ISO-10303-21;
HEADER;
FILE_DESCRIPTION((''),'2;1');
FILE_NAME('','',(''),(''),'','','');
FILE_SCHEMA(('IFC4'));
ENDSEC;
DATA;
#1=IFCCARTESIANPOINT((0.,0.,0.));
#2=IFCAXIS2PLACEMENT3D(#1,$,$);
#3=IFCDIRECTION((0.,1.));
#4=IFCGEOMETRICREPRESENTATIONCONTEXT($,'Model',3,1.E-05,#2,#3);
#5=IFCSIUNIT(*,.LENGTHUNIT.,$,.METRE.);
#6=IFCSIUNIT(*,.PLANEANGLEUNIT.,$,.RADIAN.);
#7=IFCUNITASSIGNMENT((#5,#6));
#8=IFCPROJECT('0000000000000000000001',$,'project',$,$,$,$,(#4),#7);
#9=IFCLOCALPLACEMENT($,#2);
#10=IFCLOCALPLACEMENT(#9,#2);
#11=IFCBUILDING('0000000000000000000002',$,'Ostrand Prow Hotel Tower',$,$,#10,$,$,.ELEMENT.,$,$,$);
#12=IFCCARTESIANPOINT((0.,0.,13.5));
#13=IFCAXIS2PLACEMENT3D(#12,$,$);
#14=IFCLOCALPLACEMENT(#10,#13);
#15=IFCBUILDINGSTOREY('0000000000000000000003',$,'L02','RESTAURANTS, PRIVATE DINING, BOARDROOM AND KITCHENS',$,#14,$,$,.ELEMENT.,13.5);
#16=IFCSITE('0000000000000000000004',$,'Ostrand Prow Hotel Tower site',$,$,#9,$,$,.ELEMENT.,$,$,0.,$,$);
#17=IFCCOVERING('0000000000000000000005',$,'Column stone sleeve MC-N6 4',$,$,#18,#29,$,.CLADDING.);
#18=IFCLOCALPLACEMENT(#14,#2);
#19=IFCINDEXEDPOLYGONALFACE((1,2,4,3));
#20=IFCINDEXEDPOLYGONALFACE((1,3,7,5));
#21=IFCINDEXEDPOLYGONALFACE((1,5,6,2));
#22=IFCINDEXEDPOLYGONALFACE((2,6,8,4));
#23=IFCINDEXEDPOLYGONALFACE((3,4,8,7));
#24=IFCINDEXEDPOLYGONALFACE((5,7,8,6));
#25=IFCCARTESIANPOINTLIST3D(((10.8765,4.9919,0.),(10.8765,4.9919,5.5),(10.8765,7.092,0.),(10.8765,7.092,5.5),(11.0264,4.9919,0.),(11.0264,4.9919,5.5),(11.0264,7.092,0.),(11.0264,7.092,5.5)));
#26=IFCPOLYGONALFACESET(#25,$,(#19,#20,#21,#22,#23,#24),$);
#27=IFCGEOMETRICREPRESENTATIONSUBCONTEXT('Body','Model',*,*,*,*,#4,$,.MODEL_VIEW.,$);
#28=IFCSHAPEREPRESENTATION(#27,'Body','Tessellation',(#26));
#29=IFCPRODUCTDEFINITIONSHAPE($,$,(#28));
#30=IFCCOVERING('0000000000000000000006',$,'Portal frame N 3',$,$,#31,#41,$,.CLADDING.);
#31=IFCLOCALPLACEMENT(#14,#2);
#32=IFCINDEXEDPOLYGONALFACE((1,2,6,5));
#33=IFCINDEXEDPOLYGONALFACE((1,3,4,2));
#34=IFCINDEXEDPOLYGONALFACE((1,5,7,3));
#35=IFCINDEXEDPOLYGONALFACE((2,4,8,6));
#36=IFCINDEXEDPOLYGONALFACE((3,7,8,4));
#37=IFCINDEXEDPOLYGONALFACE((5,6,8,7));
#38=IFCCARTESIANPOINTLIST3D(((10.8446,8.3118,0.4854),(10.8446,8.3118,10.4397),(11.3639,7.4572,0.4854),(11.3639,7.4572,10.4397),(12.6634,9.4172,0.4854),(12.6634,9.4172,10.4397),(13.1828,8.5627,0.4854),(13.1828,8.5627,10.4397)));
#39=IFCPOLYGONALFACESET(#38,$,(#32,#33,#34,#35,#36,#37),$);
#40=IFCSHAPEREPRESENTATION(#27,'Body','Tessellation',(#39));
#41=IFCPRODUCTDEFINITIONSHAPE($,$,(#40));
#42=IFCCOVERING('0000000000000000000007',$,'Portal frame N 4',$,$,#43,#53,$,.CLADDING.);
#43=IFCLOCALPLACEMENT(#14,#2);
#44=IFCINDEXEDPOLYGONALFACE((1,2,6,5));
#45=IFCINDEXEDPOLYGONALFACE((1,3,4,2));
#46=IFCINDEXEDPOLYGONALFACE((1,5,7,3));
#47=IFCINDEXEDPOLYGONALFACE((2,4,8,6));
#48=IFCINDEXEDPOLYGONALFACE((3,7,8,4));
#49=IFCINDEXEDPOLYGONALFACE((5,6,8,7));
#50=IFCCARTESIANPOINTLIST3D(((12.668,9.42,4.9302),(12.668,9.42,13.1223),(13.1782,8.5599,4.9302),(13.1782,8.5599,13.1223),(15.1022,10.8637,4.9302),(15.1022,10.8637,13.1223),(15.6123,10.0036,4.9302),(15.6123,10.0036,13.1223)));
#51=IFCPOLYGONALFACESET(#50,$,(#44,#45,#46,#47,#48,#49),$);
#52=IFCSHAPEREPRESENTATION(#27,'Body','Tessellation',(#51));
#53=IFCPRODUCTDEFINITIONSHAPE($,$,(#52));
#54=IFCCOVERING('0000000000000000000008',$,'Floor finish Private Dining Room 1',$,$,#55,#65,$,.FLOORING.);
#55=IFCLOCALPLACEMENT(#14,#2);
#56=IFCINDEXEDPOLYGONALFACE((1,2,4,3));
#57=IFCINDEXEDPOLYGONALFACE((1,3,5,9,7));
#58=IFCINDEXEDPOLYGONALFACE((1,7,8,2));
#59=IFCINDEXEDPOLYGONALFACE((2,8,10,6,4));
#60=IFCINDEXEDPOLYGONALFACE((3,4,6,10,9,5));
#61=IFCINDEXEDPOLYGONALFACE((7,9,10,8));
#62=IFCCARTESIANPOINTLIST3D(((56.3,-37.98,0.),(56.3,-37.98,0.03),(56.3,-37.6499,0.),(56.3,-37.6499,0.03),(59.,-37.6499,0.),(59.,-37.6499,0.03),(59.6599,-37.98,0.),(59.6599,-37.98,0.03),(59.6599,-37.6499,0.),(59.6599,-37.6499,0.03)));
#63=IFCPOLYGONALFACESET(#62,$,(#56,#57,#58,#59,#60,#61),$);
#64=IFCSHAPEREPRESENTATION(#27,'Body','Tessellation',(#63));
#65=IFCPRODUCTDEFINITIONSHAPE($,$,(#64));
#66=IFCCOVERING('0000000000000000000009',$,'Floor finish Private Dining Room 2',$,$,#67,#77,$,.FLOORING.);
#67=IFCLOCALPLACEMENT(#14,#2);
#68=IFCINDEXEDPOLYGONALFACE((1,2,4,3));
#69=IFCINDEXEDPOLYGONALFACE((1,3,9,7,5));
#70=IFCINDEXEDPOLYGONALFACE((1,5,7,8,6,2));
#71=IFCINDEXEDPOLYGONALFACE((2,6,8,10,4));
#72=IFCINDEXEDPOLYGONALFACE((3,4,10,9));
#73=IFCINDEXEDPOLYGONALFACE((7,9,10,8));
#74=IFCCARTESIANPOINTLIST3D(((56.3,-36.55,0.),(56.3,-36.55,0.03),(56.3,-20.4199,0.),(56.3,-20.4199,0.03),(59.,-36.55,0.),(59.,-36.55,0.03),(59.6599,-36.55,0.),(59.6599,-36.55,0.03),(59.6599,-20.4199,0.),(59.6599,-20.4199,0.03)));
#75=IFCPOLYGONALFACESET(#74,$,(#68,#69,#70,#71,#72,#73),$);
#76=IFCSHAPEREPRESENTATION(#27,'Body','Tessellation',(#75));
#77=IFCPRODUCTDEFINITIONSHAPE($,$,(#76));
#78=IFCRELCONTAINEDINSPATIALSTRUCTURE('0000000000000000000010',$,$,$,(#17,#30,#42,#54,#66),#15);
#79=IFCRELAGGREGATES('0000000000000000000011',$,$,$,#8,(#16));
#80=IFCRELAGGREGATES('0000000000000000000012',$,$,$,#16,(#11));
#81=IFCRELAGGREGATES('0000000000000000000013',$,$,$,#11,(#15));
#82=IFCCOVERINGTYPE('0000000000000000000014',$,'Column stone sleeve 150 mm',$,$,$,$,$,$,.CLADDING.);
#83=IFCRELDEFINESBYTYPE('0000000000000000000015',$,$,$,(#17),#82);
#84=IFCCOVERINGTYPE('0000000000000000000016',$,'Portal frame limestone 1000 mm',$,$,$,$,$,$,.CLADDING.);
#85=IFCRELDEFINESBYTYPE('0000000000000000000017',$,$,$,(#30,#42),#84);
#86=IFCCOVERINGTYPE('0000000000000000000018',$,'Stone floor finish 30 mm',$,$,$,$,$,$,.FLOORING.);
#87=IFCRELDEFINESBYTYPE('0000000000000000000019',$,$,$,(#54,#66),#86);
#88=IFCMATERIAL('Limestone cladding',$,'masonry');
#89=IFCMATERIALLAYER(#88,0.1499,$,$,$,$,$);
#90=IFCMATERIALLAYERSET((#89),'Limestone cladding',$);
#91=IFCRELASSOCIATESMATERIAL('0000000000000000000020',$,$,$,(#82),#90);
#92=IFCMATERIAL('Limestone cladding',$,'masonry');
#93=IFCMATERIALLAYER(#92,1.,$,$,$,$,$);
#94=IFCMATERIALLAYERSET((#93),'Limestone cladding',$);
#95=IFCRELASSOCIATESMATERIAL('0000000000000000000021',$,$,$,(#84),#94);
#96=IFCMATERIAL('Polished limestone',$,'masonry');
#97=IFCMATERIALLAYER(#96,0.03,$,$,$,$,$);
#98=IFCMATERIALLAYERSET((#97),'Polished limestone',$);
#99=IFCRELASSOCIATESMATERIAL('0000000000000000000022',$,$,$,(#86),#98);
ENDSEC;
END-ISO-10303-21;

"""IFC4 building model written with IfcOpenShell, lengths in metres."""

from ifc_helpers import new_model, si_unit, direction, frame, frame_2d, origin, place, context, subcontext, project, spatial, polyline, rectangle, outline, extrude, material, layer, layer_set, type_object, element, save


model = new_model("IFC4")

# Units and contexts
model_context = context("Model", 3, precision=1e-05, world=origin(), true_north=direction((0.0, 1.0)))
body_context = subcontext(model_context, "Body", "Model", "MODEL_VIEW")
ifc_project = project(units=[si_unit("LENGTHUNIT", "METRE"), si_unit("PLANEANGLEUNIT", "RADIAN")], contexts=[model_context])

# Site, building, storey
site_placement = place(None, origin())
site = spatial("IfcSite", under=ifc_project, at=site_placement, Name="Ostrand Prow Hotel Tower site", CompositionType="ELEMENT", RefElevation=0.0)
building_placement = place(site_placement, origin())
building = spatial("IfcBuilding", under=site, at=building_placement, Name="Ostrand Prow Hotel Tower", CompositionType="ELEMENT")
storey_placement = place(building_placement, frame((0.0, 0.0, 13.5)))
storey = spatial("IfcBuildingStorey", under=building, at=storey_placement, Name="L02", Description="RESTAURANTS, PRIVATE DINING, BOARDROOM AND KITCHENS", CompositionType="ELEMENT", Elevation=13.5)

# Coverings
ifc_material_1 = material(Name="Limestone cladding", Category="masonry")
ifc_layer_1 = layer(ifc_material_1, 0.1499)
ifc_layer_set_1 = layer_set([ifc_layer_1], Name="Limestone cladding")
covering_type_1 = type_object("IfcCoveringType", Name="Column stone sleeve 150 mm", PredefinedType="CLADDING", material=ifc_layer_set_1)
covering_1_placement = place(storey_placement, frame((10.9514, 7.092, 0.0), z_axis=(0.0, 0.0, 1.0), x_axis=(0.0, -1.0, 0.0)))
element("IfcCovering", 1, at=covering_1_placement, inside=storey, type_object=covering_type_1, Name="Column stone sleeve MC-N6 4", PredefinedType="CLADDING", context=body_context, shape_type="SweptSolid", body=[
    extrude(rectangle(XDim=2.1001, YDim=0.1499, at=frame_2d((1.05, 0.0))), origin(), (0.0, 0.0, 1.0), 5.5),
])
ifc_material_2 = material(Name="Limestone cladding", Category="masonry")
ifc_layer_2 = layer(ifc_material_2, 1.0)
ifc_layer_set_2 = layer_set([ifc_layer_2], Name="Limestone cladding")
covering_type_2 = type_object("IfcCoveringType", Name="Portal frame limestone 1000 mm", PredefinedType="CLADDING", material=ifc_layer_set_2)
covering_2_placement = place(storey_placement, frame((11.1042, 7.8845, 0.4854), z_axis=(0.0, 0.0, 1.0), x_axis=(0.854544, 0.519379, 0.0)))
element("IfcCovering", 2, at=covering_2_placement, inside=storey, type_object=covering_type_2, Name="Portal frame N 3", PredefinedType="CLADDING", context=body_context, shape_type="SweptSolid", body=[
    extrude(rectangle(XDim=2.1284, YDim=1.0, at=frame_2d((1.0642, 0.0))), origin(), (0.0, 0.0, 1.0), 9.9543),
])
covering_3_placement = place(storey_placement, frame((12.9231, 8.99, 4.9302), z_axis=(0.0, 0.0, 1.0), x_axis=(0.860108, 0.510112, 0.0)))
element("IfcCovering", 3, at=covering_3_placement, inside=storey, type_object=covering_type_2, Name="Portal frame N 4", PredefinedType="CLADDING", context=body_context, shape_type="SweptSolid", body=[
    extrude(rectangle(XDim=2.8301, YDim=1.0, at=frame_2d((1.415, 0.0))), origin(), (0.0, 0.0, 1.0), 8.1921),
])
ifc_material_3 = material(Name="Polished limestone", Category="masonry")
ifc_layer_3 = layer(ifc_material_3, 0.03)
ifc_layer_set_3 = layer_set([ifc_layer_3], Name="Polished limestone")
covering_type_3 = type_object("IfcCoveringType", Name="Stone floor finish 30 mm", PredefinedType="FLOORING", material=ifc_layer_set_3)
covering_4_placement = place(storey_placement, origin())
element("IfcCovering", 4, at=covering_4_placement, inside=storey, type_object=covering_type_3, Name="Floor finish Private Dining Room 1", PredefinedType="FLOORING", context=body_context, shape_type="SweptSolid", body=[
    extrude(outline(polyline([(59.6599, -37.98), (59.6599, -37.6499), (59.0, -37.6499), (56.3, -37.6499), (56.3, -37.98), (59.6599, -37.98)])), origin(), (0.0, 0.0, 1.0), 0.03),
])
covering_5_placement = place(storey_placement, origin())
element("IfcCovering", 5, at=covering_5_placement, inside=storey, type_object=covering_type_3, Name="Floor finish Private Dining Room 2", PredefinedType="FLOORING", context=body_context, shape_type="SweptSolid", body=[
    extrude(outline(polyline([(59.6599, -36.55), (59.6599, -20.4199), (56.3, -20.4199), (56.3, -36.55), (59.0, -36.55), (59.6599, -36.55)])), origin(), (0.0, 0.0, 1.0), 0.03),
])

save(model, "model.ifc")
